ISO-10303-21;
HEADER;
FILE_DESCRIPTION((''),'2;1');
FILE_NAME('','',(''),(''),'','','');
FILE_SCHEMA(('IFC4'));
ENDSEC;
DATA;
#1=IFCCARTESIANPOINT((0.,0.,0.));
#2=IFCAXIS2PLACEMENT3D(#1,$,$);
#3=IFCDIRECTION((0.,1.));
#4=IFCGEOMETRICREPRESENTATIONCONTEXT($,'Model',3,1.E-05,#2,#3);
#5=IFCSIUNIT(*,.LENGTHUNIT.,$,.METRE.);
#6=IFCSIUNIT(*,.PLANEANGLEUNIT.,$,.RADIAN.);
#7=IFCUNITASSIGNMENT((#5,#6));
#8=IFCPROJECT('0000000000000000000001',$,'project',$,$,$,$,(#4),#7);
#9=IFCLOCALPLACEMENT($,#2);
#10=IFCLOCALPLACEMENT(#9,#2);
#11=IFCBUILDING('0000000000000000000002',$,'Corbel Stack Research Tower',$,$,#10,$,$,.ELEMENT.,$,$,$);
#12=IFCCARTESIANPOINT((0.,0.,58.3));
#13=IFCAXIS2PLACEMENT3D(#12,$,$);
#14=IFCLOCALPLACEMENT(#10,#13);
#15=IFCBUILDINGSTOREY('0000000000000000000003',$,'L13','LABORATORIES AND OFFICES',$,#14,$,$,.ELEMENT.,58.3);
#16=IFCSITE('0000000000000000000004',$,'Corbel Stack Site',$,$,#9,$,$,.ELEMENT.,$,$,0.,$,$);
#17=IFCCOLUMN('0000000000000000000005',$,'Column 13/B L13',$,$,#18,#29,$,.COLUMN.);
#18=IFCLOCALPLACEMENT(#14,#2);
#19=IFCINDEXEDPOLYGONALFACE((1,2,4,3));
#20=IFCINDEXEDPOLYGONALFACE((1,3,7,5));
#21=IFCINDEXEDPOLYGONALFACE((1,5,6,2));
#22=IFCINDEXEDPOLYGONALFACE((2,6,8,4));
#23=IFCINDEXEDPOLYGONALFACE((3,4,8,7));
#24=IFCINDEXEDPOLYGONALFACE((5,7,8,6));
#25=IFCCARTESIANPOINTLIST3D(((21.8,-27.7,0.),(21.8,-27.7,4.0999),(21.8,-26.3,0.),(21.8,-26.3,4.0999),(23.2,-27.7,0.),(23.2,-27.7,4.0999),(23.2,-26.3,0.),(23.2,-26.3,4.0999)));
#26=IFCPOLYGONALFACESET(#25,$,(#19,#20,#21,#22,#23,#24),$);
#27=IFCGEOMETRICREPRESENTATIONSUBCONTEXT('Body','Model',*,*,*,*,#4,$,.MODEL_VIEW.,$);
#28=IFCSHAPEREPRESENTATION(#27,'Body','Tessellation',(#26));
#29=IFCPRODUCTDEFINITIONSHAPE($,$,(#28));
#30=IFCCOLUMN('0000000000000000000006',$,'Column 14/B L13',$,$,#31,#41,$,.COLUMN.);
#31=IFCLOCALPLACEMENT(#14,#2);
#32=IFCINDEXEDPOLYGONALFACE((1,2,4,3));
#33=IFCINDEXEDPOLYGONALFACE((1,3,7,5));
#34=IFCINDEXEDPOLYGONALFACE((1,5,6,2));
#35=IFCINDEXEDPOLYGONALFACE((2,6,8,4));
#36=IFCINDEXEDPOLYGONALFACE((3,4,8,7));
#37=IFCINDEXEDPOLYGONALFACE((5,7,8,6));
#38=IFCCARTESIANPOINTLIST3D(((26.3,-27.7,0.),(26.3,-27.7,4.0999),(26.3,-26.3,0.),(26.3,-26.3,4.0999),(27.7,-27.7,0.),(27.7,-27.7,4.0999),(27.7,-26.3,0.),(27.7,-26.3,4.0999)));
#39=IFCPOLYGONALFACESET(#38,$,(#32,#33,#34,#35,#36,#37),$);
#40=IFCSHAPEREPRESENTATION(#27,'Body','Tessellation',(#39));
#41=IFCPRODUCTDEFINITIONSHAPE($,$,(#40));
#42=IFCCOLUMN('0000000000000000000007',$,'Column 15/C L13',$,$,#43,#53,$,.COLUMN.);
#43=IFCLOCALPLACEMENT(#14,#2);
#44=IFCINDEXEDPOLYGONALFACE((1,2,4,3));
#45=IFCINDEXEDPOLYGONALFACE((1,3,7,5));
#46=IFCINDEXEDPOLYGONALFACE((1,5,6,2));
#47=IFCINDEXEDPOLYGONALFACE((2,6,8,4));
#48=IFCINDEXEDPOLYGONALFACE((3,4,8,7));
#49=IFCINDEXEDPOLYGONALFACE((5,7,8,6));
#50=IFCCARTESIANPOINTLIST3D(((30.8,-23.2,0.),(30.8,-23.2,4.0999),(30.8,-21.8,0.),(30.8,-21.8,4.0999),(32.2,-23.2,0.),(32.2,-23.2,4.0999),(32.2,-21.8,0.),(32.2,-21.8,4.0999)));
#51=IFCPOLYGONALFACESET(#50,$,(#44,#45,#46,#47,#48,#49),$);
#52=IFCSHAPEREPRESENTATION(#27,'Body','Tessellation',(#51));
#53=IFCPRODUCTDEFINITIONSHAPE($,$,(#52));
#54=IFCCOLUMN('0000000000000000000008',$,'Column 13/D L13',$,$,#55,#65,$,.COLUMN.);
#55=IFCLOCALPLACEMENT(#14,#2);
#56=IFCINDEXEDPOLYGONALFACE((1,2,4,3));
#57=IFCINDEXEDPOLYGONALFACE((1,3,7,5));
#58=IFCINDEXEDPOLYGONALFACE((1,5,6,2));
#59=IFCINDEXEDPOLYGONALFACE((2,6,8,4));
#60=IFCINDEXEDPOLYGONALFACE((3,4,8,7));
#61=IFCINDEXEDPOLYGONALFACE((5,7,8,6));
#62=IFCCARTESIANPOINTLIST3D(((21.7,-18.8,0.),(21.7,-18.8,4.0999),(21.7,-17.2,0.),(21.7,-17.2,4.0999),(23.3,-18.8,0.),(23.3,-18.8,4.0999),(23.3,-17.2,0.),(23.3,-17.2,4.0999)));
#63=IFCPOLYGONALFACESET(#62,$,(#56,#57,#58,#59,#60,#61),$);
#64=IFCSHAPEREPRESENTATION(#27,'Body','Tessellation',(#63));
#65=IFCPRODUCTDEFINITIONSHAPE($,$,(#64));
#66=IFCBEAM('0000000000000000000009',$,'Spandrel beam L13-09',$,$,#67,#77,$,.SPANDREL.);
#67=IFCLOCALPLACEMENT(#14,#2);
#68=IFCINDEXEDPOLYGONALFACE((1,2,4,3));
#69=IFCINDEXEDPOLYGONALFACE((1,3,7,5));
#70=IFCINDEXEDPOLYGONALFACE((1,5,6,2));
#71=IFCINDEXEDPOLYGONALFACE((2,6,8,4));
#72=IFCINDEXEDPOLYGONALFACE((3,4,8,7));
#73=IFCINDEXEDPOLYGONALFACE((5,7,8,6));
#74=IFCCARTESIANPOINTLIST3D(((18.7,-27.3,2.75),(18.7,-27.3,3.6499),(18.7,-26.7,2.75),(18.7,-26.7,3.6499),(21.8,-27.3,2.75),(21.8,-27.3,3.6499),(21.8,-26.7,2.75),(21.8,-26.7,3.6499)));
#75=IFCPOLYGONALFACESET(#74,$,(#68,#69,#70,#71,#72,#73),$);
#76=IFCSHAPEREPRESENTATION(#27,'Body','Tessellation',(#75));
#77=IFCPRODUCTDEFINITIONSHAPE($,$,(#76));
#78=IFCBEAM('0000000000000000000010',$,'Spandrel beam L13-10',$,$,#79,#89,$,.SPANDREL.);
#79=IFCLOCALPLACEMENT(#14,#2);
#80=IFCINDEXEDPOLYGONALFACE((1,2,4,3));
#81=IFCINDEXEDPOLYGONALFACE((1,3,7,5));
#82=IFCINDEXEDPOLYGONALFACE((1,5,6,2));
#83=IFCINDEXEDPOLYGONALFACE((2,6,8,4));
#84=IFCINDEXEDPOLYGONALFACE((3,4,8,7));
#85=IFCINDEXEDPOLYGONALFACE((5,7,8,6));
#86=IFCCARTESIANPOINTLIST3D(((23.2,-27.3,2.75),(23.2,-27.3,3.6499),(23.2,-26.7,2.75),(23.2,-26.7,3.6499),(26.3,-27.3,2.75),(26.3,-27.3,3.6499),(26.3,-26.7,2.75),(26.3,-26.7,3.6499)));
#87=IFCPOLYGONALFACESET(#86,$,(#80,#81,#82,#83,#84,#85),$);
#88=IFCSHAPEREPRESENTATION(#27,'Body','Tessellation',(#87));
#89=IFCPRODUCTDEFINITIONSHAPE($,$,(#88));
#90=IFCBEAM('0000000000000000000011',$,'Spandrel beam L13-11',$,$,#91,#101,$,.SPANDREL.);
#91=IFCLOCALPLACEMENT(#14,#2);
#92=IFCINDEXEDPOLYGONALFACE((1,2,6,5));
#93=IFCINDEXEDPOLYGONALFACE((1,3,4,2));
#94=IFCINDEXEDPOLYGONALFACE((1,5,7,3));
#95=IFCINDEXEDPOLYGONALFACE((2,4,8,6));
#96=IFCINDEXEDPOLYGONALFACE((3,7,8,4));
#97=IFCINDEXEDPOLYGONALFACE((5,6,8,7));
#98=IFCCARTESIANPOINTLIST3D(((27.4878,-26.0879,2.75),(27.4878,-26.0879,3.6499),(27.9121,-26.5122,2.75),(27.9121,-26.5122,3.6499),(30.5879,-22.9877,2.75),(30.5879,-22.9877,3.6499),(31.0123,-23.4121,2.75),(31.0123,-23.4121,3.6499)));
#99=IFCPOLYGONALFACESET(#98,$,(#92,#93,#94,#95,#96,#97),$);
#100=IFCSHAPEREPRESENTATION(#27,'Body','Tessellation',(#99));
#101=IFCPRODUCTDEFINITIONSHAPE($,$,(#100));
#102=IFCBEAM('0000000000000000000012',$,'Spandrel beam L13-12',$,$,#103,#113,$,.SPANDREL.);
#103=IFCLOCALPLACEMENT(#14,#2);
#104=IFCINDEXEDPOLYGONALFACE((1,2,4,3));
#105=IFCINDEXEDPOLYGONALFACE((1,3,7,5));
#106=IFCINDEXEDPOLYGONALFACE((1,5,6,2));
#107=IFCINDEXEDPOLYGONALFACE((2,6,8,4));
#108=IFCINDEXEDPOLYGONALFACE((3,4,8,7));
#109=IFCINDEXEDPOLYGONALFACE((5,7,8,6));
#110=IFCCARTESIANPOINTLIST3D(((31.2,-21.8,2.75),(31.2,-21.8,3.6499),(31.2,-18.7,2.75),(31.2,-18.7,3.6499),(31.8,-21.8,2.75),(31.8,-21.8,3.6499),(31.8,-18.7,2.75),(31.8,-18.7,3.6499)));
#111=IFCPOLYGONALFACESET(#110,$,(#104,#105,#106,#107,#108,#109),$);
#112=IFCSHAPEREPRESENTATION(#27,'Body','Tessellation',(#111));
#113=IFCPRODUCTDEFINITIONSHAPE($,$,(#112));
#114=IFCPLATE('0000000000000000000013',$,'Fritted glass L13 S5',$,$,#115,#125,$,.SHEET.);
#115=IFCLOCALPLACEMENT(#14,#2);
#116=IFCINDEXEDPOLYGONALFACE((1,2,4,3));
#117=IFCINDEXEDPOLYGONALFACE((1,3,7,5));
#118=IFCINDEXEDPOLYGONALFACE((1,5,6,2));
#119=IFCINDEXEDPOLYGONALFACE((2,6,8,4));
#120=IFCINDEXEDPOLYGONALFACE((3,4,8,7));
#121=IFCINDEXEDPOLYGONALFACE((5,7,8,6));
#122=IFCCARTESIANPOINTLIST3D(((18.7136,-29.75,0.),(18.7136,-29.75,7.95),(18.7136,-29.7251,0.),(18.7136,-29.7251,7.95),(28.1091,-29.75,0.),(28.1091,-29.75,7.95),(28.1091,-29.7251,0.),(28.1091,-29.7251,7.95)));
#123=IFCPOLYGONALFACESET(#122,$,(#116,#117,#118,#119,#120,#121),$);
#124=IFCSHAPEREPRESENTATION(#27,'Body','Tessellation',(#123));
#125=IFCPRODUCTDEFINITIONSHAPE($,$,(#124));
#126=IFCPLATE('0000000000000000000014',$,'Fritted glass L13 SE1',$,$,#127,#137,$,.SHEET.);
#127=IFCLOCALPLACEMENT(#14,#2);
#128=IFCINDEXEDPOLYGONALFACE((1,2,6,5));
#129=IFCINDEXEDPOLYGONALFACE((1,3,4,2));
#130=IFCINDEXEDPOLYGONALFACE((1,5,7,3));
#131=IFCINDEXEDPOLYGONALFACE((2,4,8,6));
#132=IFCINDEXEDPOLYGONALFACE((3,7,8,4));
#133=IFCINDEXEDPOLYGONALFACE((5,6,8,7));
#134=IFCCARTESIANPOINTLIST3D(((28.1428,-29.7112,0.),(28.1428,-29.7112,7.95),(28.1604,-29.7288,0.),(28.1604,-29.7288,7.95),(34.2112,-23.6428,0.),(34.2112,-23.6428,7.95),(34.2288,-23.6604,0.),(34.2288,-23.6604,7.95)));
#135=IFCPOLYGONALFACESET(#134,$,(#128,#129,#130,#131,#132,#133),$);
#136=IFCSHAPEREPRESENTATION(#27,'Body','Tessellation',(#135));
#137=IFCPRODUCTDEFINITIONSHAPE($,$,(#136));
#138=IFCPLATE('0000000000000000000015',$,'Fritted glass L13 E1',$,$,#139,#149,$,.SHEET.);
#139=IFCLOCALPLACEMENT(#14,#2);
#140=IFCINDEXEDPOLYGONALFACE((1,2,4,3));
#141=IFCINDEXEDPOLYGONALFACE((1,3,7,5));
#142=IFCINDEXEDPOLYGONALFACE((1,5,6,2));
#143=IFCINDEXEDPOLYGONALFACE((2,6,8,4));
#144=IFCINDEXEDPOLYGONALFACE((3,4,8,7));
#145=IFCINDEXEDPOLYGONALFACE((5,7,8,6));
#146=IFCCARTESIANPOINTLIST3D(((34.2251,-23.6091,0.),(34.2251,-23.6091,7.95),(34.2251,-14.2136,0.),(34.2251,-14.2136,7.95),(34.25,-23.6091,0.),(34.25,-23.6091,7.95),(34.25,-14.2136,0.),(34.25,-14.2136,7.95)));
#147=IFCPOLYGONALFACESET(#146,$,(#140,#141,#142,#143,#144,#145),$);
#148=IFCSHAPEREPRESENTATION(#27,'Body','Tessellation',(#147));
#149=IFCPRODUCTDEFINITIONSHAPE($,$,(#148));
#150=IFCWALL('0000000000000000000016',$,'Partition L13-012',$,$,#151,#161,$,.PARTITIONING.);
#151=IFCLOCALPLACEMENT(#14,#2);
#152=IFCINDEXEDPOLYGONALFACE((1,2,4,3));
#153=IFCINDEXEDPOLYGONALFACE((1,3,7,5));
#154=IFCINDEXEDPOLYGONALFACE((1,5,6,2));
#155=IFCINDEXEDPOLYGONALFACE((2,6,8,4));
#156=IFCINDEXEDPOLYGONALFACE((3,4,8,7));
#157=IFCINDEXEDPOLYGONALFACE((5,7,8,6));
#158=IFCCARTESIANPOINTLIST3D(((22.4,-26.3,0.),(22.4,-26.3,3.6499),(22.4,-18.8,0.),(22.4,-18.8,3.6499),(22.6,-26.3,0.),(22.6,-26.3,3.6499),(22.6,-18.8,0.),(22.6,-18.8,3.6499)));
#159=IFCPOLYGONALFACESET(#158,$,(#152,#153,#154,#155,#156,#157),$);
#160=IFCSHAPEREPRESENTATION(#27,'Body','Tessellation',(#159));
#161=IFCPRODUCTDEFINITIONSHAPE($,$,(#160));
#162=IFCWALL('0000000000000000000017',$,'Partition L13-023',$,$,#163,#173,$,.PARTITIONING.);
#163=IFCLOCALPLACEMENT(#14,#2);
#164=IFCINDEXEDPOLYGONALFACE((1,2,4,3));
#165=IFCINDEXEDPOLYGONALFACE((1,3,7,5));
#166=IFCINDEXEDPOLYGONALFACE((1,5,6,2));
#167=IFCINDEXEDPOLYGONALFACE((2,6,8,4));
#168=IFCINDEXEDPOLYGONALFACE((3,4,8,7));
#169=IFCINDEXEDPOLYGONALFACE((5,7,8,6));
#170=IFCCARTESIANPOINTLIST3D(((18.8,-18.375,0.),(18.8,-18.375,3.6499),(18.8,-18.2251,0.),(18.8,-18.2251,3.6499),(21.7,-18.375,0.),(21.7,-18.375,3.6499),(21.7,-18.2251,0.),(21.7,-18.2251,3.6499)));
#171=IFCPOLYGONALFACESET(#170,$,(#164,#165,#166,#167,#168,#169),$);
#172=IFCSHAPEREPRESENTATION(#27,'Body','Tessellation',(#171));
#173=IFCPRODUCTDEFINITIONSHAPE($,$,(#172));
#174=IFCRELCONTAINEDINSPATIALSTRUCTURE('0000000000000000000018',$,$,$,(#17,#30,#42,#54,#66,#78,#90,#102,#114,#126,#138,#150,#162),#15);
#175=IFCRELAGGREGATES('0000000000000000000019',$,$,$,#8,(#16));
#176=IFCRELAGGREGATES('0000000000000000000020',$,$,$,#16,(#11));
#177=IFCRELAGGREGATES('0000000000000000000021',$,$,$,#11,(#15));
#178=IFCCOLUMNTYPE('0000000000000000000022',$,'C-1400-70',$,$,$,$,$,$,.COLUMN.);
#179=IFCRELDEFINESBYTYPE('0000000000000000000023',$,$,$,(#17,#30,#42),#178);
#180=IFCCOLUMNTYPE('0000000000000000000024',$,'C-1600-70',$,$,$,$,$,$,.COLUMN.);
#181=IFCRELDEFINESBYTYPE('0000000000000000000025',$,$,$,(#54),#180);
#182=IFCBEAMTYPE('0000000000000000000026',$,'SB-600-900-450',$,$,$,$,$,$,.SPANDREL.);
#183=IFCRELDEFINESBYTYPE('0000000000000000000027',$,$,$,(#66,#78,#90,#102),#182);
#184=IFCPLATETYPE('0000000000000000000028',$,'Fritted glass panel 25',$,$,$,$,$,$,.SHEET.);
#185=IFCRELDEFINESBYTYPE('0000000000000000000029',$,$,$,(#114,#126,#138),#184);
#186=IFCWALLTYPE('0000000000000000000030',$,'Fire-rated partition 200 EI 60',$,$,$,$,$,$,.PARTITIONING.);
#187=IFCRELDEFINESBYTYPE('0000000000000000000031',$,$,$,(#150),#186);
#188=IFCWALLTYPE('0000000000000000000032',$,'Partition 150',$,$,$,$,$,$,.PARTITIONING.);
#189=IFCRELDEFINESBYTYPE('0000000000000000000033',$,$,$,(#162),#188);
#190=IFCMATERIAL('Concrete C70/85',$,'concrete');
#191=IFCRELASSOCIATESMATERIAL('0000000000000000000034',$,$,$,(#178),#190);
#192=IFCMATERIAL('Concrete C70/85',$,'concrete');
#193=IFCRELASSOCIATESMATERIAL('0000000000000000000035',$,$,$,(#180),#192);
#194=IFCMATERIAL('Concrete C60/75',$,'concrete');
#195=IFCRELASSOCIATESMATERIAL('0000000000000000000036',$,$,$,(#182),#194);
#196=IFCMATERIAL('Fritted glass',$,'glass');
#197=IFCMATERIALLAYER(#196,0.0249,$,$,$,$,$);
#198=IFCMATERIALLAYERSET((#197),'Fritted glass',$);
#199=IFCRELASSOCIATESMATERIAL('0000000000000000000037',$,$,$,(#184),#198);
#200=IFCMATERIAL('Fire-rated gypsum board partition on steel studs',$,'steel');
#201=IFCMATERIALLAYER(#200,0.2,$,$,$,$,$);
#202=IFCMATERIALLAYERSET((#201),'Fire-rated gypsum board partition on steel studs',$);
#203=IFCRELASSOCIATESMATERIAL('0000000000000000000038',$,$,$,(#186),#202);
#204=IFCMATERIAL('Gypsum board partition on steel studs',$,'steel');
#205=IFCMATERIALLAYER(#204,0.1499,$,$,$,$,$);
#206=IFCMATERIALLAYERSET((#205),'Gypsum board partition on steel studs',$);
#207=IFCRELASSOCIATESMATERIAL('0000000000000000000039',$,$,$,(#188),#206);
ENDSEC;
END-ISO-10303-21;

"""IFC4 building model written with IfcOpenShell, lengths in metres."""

from ifc_helpers import new_model, si_unit, direction, frame, frame_2d, origin, origin_2d, place, context, subcontext, project, spatial, rectangle, extrude, material, layer, layer_set, material_profile, profile_set, type_object, element, save


model = new_model("IFC4")

# Units and contexts
model_context = context("Model", 3, precision=1e-05, world=origin(), true_north=direction((0.0, 1.0)))
body_context = subcontext(model_context, "Body", "Model", "MODEL_VIEW")
ifc_project = project(units=[si_unit("LENGTHUNIT", "METRE"), si_unit("PLANEANGLEUNIT", "RADIAN")], contexts=[model_context])

# Site, building, storey
site_placement = place(None, origin())
site = spatial("IfcSite", under=ifc_project, at=site_placement, Name="Corbel Stack Site", CompositionType="ELEMENT", RefElevation=0.0)
building_placement = place(site_placement, origin())
building = spatial("IfcBuilding", under=site, at=building_placement, Name="Corbel Stack Research Tower", CompositionType="ELEMENT")
storey_placement = place(building_placement, frame((0.0, 0.0, 58.3)))
storey = spatial("IfcBuildingStorey", under=building, at=storey_placement, Name="L13", Description="LABORATORIES AND OFFICES", CompositionType="ELEMENT", Elevation=58.3)

# Columns
ifc_material_1 = material(Name="Concrete C70/85", Category="concrete")
ifc_material_profile_1 = material_profile(ifc_material_1, rectangle(XDim=1.3999, YDim=1.3999, at=origin_2d()), Name="RC 1400 x 1400")
ifc_profile_set_1 = profile_set([ifc_material_profile_1], Name="Concrete C70/85")
column_type_1 = type_object("IfcColumnType", Name="C-1400-70", PredefinedType="COLUMN", material=ifc_profile_set_1)
for number, where, z_axis, x_axis, name in (
    (1, (22.5, -27.0, 0.0), (0.0, 0.0, 1.0), (1.0, 0.0, 0.0), "Column 13/B L13"),
    (2, (27.0, -27.0, 0.0), (0.0, 0.0, 1.0), (1.0, 0.0, 0.0), "Column 14/B L13"),
    (3, (31.5, -22.5, 0.0), (0.0, 0.0, 1.0), (1.0, 0.0, 0.0), "Column 15/C L13"),
):
    element("IfcColumn", number, at=place(storey_placement, frame(where, z_axis=z_axis, x_axis=x_axis)), inside=storey, type_object=column_type_1, Name=name, PredefinedType="COLUMN", context=body_context, shape_type="SweptSolid", body=[
        extrude(rectangle(XDim=1.3999, YDim=1.3999, at=origin_2d()), origin(), (0.0, 0.0, 1.0), 4.0999),
    ])
ifc_material_2 = material(Name="Concrete C70/85", Category="concrete")
ifc_material_profile_2 = material_profile(ifc_material_2, rectangle(XDim=1.6001, YDim=1.6001, at=origin_2d()), Name="RC 1600 x 1600")
ifc_profile_set_2 = profile_set([ifc_material_profile_2], Name="Concrete C70/85")
column_type_2 = type_object("IfcColumnType", Name="C-1600-70", PredefinedType="COLUMN", material=ifc_profile_set_2)
column_placement = place(storey_placement, frame((22.5, -18.0, 0.0), z_axis=(0.0, 0.0, 1.0), x_axis=(1.0, 0.0, 0.0)))
element("IfcColumn", 4, at=column_placement, inside=storey, type_object=column_type_2, Name="Column 13/D L13", PredefinedType="COLUMN", context=body_context, shape_type="SweptSolid", body=[
    extrude(rectangle(XDim=1.6001, YDim=1.6001, at=origin_2d()), origin(), (0.0, 0.0, 1.0), 4.0999),
])

# Beams
ifc_material_3 = material(Name="Concrete C60/75", Category="concrete")
ifc_material_profile_3 = material_profile(ifc_material_3, rectangle(XDim=0.6001, YDim=0.8999, at=origin_2d()), Name="RC 600 x 900")
ifc_profile_set_3 = profile_set([ifc_material_profile_3], Name="Concrete C60/75")
beam_type = type_object("IfcBeamType", Name="SB-600-900-450", PredefinedType="SPANDREL", material=ifc_profile_set_3)
for number, where, z_axis, x_axis, name in (
    (5, (18.7, -27.0, 3.2), (1.0, 0.0, 0.0), (0.0, 1.0, 0.0), "Spandrel beam L13-09"),
    (6, (23.2, -27.0, 3.2), (1.0, 0.0, 0.0), (0.0, 1.0, 0.0), "Spandrel beam L13-10"),
):
    element("IfcBeam", number, at=place(storey_placement, frame(where, z_axis=z_axis, x_axis=x_axis)), inside=storey, type_object=beam_type, Name=name, PredefinedType="SPANDREL", context=body_context, shape_type="SweptSolid", body=[
        extrude(rectangle(XDim=0.6001, YDim=0.8999, at=origin_2d()), origin(), (0.0, 0.0, 1.0), 3.1001),
    ])
beam_1_placement = place(storey_placement, frame((27.7, -26.3, 3.2), z_axis=(0.707107, 0.707107, 0.0), x_axis=(-0.707107, 0.707107, 0.0)))
element("IfcBeam", 7, at=beam_1_placement, inside=storey, type_object=beam_type, Name="Spandrel beam L13-11", PredefinedType="SPANDREL", context=body_context, shape_type="SweptSolid", body=[
    extrude(rectangle(XDim=0.6001, YDim=0.8999, at=origin_2d()), origin(), (0.0, 0.0, 1.0), 4.3843),
])
beam_2_placement = place(storey_placement, frame((31.5, -21.8, 3.2), z_axis=(0.0, 1.0, 0.0), x_axis=(-1.0, 0.0, 0.0)))
element("IfcBeam", 8, at=beam_2_placement, inside=storey, type_object=beam_type, Name="Spandrel beam L13-12", PredefinedType="SPANDREL", context=body_context, shape_type="SweptSolid", body=[
    extrude(rectangle(XDim=0.6001, YDim=0.8999, at=origin_2d()), origin(), (0.0, 0.0, 1.0), 3.1001),
])

# Plates
ifc_material_4 = material(Name="Fritted glass", Category="glass")
ifc_layer_1 = layer(ifc_material_4, 0.0249)
ifc_layer_set_1 = layer_set([ifc_layer_1], Name="Fritted glass")
plate_type = type_object("IfcPlateType", Name="Fritted glass panel 25", PredefinedType="SHEET", material=ifc_layer_set_1)
plate_1_placement = place(storey_placement, frame((23.4114, -29.7375, 0.0), z_axis=(0.0, 0.0, 1.0), x_axis=(1.0, 0.0, 0.0)))
element("IfcPlate", 9, at=plate_1_placement, inside=storey, type_object=plate_type, Name="Fritted glass L13 S5", PredefinedType="SHEET", context=body_context, shape_type="SweptSolid", body=[
    extrude(rectangle(XDim=9.3955, YDim=0.0249, at=origin_2d()), origin(), (0.0, 0.0, 1.0), 7.95),
])
plate_2_placement = place(storey_placement, frame((31.1858, -26.6858, 0.0), z_axis=(0.0, 0.0, 1.0), x_axis=(0.707107, 0.707107, 0.0)))
element("IfcPlate", 10, at=plate_2_placement, inside=storey, type_object=plate_type, Name="Fritted glass L13 SE1", PredefinedType="SHEET", context=body_context, shape_type="SweptSolid", body=[
    extrude(rectangle(XDim=8.582, YDim=0.0249, at=origin_2d()), origin(), (0.0, 0.0, 1.0), 7.95),
])
plate_3_placement = place(storey_placement, frame((34.2375, -18.9114, 0.0), z_axis=(0.0, 0.0, 1.0), x_axis=(0.0, 1.0, 0.0)))
element("IfcPlate", 11, at=plate_3_placement, inside=storey, type_object=plate_type, Name="Fritted glass L13 E1", PredefinedType="SHEET", context=body_context, shape_type="SweptSolid", body=[
    extrude(rectangle(XDim=9.3955, YDim=0.0249, at=origin_2d()), origin(), (0.0, 0.0, 1.0), 7.95),
])

# Walls
ifc_material_5 = material(Name="Fire-rated gypsum board partition on steel studs", Category="steel")
ifc_layer_2 = layer(ifc_material_5, 0.2)
ifc_layer_set_2 = layer_set([ifc_layer_2], Name="Fire-rated gypsum board partition on steel studs")
wall_type_1 = type_object("IfcWallType", Name="Fire-rated partition 200 EI 60", PredefinedType="PARTITIONING", material=ifc_layer_set_2)
wall_1_placement = place(storey_placement, frame((22.5, -26.3, 0.0), z_axis=(0.0, 0.0, 1.0), x_axis=(0.0, 1.0, 0.0)))
element("IfcWall", 12, at=wall_1_placement, inside=storey, type_object=wall_type_1, Name="Partition L13-012", PredefinedType="PARTITIONING", context=body_context, shape_type="SweptSolid", body=[
    extrude(rectangle(XDim=7.5, YDim=0.2, at=frame_2d((3.75, 0.0))), origin(), (0.0, 0.0, 1.0), 3.6499),
])
ifc_material_6 = material(Name="Gypsum board partition on steel studs", Category="steel")
ifc_layer_3 = layer(ifc_material_6, 0.1499)
ifc_layer_set_3 = layer_set([ifc_layer_3], Name="Gypsum board partition on steel studs")
wall_type_2 = type_object("IfcWallType", Name="Partition 150", PredefinedType="PARTITIONING", material=ifc_layer_set_3)
wall_2_placement = place(storey_placement, frame((18.8, -18.3, 0.0), z_axis=(0.0, 0.0, 1.0), x_axis=(1.0, 0.0, 0.0)))
element("IfcWall", 13, at=wall_2_placement, inside=storey, type_object=wall_type_2, Name="Partition L13-023", PredefinedType="PARTITIONING", context=body_context, shape_type="SweptSolid", body=[
    extrude(rectangle(XDim=2.8999, YDim=0.1499, at=frame_2d((1.45, 0.0))), origin(), (0.0, 0.0, 1.0), 3.6499),
])

save(model, "model.ifc")
